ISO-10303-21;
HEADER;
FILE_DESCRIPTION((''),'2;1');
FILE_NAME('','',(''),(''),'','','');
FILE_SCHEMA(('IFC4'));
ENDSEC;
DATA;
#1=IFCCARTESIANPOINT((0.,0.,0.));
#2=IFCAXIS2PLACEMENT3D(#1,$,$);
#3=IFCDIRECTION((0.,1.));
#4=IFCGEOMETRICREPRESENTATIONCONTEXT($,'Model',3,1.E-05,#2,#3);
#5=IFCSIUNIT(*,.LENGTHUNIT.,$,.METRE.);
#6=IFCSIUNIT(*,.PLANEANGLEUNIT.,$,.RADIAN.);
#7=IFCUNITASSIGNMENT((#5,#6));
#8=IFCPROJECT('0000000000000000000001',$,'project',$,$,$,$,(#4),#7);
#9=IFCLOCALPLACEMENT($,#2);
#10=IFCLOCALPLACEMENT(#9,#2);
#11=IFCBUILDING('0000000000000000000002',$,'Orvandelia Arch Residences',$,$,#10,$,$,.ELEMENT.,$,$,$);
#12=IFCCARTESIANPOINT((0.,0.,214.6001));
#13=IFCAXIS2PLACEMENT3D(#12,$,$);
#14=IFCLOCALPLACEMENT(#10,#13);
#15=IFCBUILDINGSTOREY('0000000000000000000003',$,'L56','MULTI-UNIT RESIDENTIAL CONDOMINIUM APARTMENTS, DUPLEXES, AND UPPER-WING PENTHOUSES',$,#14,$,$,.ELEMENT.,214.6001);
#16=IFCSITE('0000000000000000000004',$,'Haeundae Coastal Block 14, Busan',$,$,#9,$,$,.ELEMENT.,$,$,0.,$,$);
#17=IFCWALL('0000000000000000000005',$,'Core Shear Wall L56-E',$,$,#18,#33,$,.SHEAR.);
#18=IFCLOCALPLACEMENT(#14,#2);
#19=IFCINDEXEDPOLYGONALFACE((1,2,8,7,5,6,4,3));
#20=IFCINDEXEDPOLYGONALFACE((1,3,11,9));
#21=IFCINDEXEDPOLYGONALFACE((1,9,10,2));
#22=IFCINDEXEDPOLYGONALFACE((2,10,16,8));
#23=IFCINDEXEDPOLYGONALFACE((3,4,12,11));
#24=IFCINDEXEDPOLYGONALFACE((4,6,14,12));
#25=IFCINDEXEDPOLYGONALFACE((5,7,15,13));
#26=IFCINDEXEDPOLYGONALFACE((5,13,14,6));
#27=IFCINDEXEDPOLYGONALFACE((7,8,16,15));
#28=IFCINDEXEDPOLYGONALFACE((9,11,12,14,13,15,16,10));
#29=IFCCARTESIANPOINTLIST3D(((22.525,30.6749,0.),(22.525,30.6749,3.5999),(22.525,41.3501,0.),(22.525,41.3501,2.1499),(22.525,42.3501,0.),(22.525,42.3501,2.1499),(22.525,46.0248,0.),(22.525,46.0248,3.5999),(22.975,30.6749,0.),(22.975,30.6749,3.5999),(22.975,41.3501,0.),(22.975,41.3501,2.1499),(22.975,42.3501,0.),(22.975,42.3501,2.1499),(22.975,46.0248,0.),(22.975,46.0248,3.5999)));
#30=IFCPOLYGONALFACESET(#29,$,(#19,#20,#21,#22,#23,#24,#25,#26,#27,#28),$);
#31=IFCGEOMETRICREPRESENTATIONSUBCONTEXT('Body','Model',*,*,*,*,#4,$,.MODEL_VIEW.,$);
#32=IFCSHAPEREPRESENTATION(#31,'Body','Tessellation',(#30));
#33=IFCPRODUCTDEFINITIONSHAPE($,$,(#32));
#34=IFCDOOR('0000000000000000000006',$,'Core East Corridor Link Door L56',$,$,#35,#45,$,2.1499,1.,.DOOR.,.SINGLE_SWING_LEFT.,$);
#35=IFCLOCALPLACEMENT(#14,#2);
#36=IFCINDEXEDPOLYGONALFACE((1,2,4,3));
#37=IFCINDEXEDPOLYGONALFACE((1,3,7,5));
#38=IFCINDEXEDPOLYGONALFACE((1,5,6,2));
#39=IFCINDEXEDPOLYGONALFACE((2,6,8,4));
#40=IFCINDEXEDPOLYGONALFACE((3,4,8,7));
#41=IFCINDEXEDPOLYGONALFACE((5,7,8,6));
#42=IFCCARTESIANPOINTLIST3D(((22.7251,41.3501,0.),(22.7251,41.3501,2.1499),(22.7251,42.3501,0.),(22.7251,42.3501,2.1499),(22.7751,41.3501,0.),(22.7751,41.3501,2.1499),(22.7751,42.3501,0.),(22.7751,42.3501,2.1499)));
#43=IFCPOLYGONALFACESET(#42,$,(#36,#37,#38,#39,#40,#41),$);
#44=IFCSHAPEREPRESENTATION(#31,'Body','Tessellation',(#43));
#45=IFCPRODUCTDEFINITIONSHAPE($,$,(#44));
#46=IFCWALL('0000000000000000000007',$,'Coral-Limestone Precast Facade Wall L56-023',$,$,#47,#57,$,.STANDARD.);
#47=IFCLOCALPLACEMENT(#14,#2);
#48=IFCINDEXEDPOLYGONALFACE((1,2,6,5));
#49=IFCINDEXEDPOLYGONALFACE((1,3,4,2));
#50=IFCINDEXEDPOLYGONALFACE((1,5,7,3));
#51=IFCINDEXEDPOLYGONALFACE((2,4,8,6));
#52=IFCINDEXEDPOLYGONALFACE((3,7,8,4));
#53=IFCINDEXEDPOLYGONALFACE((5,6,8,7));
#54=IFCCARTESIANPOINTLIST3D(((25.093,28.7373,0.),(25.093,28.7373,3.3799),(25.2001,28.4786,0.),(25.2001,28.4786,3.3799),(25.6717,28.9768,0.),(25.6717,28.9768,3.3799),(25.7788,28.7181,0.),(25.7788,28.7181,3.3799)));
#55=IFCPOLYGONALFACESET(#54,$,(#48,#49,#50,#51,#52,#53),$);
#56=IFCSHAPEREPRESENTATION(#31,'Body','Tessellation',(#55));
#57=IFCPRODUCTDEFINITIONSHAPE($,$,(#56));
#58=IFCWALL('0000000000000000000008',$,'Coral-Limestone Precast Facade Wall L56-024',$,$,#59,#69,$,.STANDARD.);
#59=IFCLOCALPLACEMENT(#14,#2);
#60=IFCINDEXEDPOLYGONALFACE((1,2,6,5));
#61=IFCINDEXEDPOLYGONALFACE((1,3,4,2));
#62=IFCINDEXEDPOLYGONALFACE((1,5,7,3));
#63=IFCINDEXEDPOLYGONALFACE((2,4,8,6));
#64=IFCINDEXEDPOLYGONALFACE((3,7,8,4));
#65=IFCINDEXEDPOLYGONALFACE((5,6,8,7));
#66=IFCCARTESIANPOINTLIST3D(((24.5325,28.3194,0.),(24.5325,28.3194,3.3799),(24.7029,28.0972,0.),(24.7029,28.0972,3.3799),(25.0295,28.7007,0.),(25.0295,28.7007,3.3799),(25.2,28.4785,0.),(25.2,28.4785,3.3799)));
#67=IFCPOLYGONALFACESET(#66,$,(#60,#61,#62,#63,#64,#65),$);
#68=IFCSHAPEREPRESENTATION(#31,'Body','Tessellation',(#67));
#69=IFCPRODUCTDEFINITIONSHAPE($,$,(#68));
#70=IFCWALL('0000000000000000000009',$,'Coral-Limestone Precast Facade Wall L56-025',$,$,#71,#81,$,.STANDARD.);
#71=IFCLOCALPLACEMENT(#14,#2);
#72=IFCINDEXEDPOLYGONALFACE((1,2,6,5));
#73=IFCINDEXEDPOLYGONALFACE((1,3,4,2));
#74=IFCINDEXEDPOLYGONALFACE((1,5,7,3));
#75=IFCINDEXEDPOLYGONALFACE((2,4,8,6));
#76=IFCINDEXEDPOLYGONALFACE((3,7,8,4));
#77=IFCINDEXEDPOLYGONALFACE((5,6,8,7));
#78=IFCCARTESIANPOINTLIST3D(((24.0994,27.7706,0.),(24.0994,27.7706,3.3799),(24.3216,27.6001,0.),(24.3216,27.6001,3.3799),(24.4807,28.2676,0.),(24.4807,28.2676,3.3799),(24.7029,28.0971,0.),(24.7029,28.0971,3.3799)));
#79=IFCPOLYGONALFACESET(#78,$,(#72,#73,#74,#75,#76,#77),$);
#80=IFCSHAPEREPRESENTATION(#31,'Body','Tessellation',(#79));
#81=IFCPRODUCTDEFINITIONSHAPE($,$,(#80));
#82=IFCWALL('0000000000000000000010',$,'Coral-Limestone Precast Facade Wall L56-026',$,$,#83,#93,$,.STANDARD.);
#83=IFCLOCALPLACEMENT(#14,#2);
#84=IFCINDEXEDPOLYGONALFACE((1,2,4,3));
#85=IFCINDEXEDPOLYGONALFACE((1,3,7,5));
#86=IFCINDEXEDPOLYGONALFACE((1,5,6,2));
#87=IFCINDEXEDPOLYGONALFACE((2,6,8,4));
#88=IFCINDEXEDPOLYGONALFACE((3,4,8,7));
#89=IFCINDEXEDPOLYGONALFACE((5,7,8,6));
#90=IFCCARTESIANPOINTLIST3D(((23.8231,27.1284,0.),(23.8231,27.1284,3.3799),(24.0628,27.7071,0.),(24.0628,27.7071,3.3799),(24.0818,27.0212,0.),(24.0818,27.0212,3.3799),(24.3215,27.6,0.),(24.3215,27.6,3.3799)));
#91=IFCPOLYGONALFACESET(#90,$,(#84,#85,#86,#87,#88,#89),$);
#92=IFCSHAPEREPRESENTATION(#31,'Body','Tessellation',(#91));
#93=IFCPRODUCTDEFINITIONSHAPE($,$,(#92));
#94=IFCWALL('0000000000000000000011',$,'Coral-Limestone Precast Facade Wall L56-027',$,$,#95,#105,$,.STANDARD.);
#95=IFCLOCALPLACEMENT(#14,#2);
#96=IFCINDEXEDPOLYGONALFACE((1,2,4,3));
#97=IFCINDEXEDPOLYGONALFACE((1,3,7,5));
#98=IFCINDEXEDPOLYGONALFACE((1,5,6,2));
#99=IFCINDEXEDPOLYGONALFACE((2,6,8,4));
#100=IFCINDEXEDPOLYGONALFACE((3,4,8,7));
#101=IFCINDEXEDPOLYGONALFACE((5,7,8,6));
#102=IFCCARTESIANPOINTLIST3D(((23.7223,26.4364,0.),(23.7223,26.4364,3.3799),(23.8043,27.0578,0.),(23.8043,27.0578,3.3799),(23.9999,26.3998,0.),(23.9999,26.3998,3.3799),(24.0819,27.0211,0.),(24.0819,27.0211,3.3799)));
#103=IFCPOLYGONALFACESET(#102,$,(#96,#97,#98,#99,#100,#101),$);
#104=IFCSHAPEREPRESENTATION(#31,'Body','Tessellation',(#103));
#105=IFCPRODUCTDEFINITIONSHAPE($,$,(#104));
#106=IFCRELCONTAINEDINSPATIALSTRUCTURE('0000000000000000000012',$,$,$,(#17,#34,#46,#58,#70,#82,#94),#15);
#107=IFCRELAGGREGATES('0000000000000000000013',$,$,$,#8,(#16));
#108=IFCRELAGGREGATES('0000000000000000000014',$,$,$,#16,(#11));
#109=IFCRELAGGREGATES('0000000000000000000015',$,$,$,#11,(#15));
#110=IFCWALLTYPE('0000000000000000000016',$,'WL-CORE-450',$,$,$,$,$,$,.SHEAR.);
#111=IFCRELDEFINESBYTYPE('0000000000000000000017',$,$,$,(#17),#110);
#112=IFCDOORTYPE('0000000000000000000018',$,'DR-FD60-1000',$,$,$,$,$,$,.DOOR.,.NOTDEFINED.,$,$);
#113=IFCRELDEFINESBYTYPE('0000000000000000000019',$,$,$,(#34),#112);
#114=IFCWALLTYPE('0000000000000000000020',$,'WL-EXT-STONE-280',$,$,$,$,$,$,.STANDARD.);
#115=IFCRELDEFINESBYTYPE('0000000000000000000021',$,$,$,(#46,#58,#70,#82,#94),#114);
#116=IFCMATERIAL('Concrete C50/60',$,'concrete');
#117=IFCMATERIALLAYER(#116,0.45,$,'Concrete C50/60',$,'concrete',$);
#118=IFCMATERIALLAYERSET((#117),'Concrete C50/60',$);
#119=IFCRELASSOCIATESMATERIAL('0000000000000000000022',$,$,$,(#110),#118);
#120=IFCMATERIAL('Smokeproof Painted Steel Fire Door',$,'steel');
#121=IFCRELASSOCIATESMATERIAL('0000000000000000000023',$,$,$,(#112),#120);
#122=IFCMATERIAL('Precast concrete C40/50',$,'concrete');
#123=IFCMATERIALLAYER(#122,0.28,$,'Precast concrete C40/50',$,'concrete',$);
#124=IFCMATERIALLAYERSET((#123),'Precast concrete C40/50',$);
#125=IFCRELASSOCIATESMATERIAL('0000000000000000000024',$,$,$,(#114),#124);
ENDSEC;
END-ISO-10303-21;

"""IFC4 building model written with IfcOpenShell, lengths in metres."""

from ifc_helpers import new_model, si_unit, direction, frame, frame_2d, origin, place, context, subcontext, project, spatial, rectangle, extrude, material, layer, layer_set, type_object, element, fill, save


model = new_model("IFC4")

# Units and contexts
model_context = context("Model", 3, precision=1e-05, world=origin(), true_north=direction((0.0, 1.0)))
body_context = subcontext(model_context, "Body", "Model", "MODEL_VIEW")
ifc_project = project(units=[si_unit("LENGTHUNIT", "METRE"), si_unit("PLANEANGLEUNIT", "RADIAN")], contexts=[model_context])

# Site, building, storey
site_placement = place(None, origin())
site = spatial("IfcSite", under=ifc_project, at=site_placement, Name="Haeundae Coastal Block 14, Busan", CompositionType="ELEMENT", RefElevation=0.0)
building_placement = place(site_placement, origin())
building = spatial("IfcBuilding", under=site, at=building_placement, Name="Orvandelia Arch Residences", CompositionType="ELEMENT")
storey_placement = place(building_placement, frame((0.0, 0.0, 214.6001)))
storey = spatial("IfcBuildingStorey", under=building, at=storey_placement, Name="L56", Description="MULTI-UNIT RESIDENTIAL CONDOMINIUM APARTMENTS, DUPLEXES, AND UPPER-WING PENTHOUSES", CompositionType="ELEMENT", Elevation=214.6001)

# Wall, opening, door
ifc_material_1 = material(Name="Concrete C50/60", Category="concrete")
ifc_layer_1 = layer(ifc_material_1, 0.45, Name="Concrete C50/60", Category="concrete")
ifc_layer_set_1 = layer_set([ifc_layer_1], Name="Concrete C50/60")
wall_type_1 = type_object("IfcWallType", Name="WL-CORE-450", PredefinedType="SHEAR", material=ifc_layer_set_1)
wall_1_placement = place(storey_placement, frame((22.75, 30.675, 0.0), z_axis=(0.0, 0.0, 1.0), x_axis=(0.0, 1.0, 0.0)))
wall_1 = element("IfcWall", 1, at=wall_1_placement, inside=storey, type_object=wall_type_1, Name="Core Shear Wall L56-E", PredefinedType="SHEAR", context=body_context, shape_type="SweptSolid", body=[
    extrude(rectangle(XDim=15.3499, YDim=0.45, at=frame_2d((7.6748, 0.0))), origin(), (0.0, 0.0, 1.0), 3.5999),
])
opening_1_placement = place(wall_1_placement, frame((10.675, 0.0, 0.0)))
opening_1 = element("IfcOpeningElement", 2, at=opening_1_placement, cuts=wall_1, PredefinedType="OPENING", context=body_context, shape_type="SweptSolid", body=[
    extrude(rectangle(XDim=1.0, YDim=2.1499, at=frame_2d((0.5, 1.075))), frame((0.0, 0.2349, 0.0), z_axis=(0.0, -1.0, 0.0), x_axis=(1.0, 0.0, 0.0)), (0.0, 0.0, 1.0), 0.47),
])
ifc_material_2 = material(Name="Smokeproof Painted Steel Fire Door", Category="steel")
door_type = type_object("IfcDoorType", Name="DR-FD60-1000", OperationType="NOTDEFINED", PredefinedType="DOOR", material=ifc_material_2)
door_placement = place(opening_1_placement, origin())
door = element("IfcDoor", 3, at=door_placement, inside=storey, type_object=door_type, Name="Core East Corridor Link Door L56", OperationType="SINGLE_SWING_LEFT", OverallHeight=2.1499, OverallWidth=1.0, PredefinedType="DOOR", context=body_context, shape_type="SweptSolid", body=[
    extrude(rectangle(XDim=1.0, YDim=2.1499, at=frame_2d((0.5, 1.075))), frame((0.0, 0.0249, 0.0), z_axis=(0.0, -1.0, 0.0), x_axis=(1.0, 0.0, 0.0)), (0.0, 0.0, 1.0), 0.05),
])
fill(opening_1, door)

# Walls
ifc_material_3 = material(Name="Precast concrete C40/50", Category="concrete")
ifc_layer_2 = layer(ifc_material_3, 0.28, Name="Precast concrete C40/50", Category="concrete")
ifc_layer_set_2 = layer_set([ifc_layer_2], Name="Precast concrete C40/50")
wall_type_2 = type_object("IfcWallType", Name="WL-EXT-STONE-280", PredefinedType="STANDARD", material=ifc_layer_set_2)
wall_2_placement = place(storey_placement, frame((25.7251, 28.8474, 0.0), z_axis=(0.0, 0.0, 1.0), x_axis=(-0.923974, -0.382455, 0.0)))
element("IfcWall", 4, at=wall_2_placement, inside=storey, type_object=wall_type_2, Name="Coral-Limestone Precast Facade Wall L56-023", PredefinedType="STANDARD", context=body_context, shape_type="SweptSolid", body=[
    extrude(rectangle(XDim=0.6262, YDim=0.28, at=frame_2d((0.313, 0.0))), origin(), (0.0, 0.0, 1.0), 3.3799),
])
for number, where, z_axis, x_axis, name in (
    (5, (25.1147, 28.5896, 0.0), (0.0, 0.0, 1.0), (-0.793406, -0.608693, 0.0), "Coral-Limestone Precast Facade Wall L56-024"),
    (6, (24.5918, 28.1824, 0.0), (0.0, 0.0, 1.0), (-0.608693, -0.793406, 0.0), "Coral-Limestone Precast Facade Wall L56-025"),
    (7, (24.1921, 27.6536, 0.0), (0.0, 0.0, 1.0), (-0.38265, -0.923893, 0.0), "Coral-Limestone Precast Facade Wall L56-026"),
):
    element("IfcWall", number, at=place(storey_placement, frame(where, z_axis=z_axis, x_axis=x_axis)), inside=storey, type_object=wall_type_2, Name=name, PredefinedType="STANDARD", context=body_context, shape_type="SweptSolid", body=[
        extrude(rectangle(XDim=0.6265, YDim=0.28, at=frame_2d((0.3132, 0.0))), origin(), (0.0, 0.0, 1.0), 3.3799),
    ])
wall_3_placement = place(storey_placement, frame((23.9431, 27.0396, 0.0), z_axis=(0.0, 0.0, 1.0), x_axis=(-0.130888, -0.991397, 0.0)))
element("IfcWall", 8, at=wall_3_placement, inside=storey, type_object=wall_type_2, Name="Coral-Limestone Precast Facade Wall L56-027", PredefinedType="STANDARD", context=body_context, shape_type="SweptSolid", body=[
    extrude(rectangle(XDim=0.6267, YDim=0.28, at=frame_2d((0.3135, 0.0))), origin(), (0.0, 0.0, 1.0), 3.3799),
])

save(model, "model.ifc")
